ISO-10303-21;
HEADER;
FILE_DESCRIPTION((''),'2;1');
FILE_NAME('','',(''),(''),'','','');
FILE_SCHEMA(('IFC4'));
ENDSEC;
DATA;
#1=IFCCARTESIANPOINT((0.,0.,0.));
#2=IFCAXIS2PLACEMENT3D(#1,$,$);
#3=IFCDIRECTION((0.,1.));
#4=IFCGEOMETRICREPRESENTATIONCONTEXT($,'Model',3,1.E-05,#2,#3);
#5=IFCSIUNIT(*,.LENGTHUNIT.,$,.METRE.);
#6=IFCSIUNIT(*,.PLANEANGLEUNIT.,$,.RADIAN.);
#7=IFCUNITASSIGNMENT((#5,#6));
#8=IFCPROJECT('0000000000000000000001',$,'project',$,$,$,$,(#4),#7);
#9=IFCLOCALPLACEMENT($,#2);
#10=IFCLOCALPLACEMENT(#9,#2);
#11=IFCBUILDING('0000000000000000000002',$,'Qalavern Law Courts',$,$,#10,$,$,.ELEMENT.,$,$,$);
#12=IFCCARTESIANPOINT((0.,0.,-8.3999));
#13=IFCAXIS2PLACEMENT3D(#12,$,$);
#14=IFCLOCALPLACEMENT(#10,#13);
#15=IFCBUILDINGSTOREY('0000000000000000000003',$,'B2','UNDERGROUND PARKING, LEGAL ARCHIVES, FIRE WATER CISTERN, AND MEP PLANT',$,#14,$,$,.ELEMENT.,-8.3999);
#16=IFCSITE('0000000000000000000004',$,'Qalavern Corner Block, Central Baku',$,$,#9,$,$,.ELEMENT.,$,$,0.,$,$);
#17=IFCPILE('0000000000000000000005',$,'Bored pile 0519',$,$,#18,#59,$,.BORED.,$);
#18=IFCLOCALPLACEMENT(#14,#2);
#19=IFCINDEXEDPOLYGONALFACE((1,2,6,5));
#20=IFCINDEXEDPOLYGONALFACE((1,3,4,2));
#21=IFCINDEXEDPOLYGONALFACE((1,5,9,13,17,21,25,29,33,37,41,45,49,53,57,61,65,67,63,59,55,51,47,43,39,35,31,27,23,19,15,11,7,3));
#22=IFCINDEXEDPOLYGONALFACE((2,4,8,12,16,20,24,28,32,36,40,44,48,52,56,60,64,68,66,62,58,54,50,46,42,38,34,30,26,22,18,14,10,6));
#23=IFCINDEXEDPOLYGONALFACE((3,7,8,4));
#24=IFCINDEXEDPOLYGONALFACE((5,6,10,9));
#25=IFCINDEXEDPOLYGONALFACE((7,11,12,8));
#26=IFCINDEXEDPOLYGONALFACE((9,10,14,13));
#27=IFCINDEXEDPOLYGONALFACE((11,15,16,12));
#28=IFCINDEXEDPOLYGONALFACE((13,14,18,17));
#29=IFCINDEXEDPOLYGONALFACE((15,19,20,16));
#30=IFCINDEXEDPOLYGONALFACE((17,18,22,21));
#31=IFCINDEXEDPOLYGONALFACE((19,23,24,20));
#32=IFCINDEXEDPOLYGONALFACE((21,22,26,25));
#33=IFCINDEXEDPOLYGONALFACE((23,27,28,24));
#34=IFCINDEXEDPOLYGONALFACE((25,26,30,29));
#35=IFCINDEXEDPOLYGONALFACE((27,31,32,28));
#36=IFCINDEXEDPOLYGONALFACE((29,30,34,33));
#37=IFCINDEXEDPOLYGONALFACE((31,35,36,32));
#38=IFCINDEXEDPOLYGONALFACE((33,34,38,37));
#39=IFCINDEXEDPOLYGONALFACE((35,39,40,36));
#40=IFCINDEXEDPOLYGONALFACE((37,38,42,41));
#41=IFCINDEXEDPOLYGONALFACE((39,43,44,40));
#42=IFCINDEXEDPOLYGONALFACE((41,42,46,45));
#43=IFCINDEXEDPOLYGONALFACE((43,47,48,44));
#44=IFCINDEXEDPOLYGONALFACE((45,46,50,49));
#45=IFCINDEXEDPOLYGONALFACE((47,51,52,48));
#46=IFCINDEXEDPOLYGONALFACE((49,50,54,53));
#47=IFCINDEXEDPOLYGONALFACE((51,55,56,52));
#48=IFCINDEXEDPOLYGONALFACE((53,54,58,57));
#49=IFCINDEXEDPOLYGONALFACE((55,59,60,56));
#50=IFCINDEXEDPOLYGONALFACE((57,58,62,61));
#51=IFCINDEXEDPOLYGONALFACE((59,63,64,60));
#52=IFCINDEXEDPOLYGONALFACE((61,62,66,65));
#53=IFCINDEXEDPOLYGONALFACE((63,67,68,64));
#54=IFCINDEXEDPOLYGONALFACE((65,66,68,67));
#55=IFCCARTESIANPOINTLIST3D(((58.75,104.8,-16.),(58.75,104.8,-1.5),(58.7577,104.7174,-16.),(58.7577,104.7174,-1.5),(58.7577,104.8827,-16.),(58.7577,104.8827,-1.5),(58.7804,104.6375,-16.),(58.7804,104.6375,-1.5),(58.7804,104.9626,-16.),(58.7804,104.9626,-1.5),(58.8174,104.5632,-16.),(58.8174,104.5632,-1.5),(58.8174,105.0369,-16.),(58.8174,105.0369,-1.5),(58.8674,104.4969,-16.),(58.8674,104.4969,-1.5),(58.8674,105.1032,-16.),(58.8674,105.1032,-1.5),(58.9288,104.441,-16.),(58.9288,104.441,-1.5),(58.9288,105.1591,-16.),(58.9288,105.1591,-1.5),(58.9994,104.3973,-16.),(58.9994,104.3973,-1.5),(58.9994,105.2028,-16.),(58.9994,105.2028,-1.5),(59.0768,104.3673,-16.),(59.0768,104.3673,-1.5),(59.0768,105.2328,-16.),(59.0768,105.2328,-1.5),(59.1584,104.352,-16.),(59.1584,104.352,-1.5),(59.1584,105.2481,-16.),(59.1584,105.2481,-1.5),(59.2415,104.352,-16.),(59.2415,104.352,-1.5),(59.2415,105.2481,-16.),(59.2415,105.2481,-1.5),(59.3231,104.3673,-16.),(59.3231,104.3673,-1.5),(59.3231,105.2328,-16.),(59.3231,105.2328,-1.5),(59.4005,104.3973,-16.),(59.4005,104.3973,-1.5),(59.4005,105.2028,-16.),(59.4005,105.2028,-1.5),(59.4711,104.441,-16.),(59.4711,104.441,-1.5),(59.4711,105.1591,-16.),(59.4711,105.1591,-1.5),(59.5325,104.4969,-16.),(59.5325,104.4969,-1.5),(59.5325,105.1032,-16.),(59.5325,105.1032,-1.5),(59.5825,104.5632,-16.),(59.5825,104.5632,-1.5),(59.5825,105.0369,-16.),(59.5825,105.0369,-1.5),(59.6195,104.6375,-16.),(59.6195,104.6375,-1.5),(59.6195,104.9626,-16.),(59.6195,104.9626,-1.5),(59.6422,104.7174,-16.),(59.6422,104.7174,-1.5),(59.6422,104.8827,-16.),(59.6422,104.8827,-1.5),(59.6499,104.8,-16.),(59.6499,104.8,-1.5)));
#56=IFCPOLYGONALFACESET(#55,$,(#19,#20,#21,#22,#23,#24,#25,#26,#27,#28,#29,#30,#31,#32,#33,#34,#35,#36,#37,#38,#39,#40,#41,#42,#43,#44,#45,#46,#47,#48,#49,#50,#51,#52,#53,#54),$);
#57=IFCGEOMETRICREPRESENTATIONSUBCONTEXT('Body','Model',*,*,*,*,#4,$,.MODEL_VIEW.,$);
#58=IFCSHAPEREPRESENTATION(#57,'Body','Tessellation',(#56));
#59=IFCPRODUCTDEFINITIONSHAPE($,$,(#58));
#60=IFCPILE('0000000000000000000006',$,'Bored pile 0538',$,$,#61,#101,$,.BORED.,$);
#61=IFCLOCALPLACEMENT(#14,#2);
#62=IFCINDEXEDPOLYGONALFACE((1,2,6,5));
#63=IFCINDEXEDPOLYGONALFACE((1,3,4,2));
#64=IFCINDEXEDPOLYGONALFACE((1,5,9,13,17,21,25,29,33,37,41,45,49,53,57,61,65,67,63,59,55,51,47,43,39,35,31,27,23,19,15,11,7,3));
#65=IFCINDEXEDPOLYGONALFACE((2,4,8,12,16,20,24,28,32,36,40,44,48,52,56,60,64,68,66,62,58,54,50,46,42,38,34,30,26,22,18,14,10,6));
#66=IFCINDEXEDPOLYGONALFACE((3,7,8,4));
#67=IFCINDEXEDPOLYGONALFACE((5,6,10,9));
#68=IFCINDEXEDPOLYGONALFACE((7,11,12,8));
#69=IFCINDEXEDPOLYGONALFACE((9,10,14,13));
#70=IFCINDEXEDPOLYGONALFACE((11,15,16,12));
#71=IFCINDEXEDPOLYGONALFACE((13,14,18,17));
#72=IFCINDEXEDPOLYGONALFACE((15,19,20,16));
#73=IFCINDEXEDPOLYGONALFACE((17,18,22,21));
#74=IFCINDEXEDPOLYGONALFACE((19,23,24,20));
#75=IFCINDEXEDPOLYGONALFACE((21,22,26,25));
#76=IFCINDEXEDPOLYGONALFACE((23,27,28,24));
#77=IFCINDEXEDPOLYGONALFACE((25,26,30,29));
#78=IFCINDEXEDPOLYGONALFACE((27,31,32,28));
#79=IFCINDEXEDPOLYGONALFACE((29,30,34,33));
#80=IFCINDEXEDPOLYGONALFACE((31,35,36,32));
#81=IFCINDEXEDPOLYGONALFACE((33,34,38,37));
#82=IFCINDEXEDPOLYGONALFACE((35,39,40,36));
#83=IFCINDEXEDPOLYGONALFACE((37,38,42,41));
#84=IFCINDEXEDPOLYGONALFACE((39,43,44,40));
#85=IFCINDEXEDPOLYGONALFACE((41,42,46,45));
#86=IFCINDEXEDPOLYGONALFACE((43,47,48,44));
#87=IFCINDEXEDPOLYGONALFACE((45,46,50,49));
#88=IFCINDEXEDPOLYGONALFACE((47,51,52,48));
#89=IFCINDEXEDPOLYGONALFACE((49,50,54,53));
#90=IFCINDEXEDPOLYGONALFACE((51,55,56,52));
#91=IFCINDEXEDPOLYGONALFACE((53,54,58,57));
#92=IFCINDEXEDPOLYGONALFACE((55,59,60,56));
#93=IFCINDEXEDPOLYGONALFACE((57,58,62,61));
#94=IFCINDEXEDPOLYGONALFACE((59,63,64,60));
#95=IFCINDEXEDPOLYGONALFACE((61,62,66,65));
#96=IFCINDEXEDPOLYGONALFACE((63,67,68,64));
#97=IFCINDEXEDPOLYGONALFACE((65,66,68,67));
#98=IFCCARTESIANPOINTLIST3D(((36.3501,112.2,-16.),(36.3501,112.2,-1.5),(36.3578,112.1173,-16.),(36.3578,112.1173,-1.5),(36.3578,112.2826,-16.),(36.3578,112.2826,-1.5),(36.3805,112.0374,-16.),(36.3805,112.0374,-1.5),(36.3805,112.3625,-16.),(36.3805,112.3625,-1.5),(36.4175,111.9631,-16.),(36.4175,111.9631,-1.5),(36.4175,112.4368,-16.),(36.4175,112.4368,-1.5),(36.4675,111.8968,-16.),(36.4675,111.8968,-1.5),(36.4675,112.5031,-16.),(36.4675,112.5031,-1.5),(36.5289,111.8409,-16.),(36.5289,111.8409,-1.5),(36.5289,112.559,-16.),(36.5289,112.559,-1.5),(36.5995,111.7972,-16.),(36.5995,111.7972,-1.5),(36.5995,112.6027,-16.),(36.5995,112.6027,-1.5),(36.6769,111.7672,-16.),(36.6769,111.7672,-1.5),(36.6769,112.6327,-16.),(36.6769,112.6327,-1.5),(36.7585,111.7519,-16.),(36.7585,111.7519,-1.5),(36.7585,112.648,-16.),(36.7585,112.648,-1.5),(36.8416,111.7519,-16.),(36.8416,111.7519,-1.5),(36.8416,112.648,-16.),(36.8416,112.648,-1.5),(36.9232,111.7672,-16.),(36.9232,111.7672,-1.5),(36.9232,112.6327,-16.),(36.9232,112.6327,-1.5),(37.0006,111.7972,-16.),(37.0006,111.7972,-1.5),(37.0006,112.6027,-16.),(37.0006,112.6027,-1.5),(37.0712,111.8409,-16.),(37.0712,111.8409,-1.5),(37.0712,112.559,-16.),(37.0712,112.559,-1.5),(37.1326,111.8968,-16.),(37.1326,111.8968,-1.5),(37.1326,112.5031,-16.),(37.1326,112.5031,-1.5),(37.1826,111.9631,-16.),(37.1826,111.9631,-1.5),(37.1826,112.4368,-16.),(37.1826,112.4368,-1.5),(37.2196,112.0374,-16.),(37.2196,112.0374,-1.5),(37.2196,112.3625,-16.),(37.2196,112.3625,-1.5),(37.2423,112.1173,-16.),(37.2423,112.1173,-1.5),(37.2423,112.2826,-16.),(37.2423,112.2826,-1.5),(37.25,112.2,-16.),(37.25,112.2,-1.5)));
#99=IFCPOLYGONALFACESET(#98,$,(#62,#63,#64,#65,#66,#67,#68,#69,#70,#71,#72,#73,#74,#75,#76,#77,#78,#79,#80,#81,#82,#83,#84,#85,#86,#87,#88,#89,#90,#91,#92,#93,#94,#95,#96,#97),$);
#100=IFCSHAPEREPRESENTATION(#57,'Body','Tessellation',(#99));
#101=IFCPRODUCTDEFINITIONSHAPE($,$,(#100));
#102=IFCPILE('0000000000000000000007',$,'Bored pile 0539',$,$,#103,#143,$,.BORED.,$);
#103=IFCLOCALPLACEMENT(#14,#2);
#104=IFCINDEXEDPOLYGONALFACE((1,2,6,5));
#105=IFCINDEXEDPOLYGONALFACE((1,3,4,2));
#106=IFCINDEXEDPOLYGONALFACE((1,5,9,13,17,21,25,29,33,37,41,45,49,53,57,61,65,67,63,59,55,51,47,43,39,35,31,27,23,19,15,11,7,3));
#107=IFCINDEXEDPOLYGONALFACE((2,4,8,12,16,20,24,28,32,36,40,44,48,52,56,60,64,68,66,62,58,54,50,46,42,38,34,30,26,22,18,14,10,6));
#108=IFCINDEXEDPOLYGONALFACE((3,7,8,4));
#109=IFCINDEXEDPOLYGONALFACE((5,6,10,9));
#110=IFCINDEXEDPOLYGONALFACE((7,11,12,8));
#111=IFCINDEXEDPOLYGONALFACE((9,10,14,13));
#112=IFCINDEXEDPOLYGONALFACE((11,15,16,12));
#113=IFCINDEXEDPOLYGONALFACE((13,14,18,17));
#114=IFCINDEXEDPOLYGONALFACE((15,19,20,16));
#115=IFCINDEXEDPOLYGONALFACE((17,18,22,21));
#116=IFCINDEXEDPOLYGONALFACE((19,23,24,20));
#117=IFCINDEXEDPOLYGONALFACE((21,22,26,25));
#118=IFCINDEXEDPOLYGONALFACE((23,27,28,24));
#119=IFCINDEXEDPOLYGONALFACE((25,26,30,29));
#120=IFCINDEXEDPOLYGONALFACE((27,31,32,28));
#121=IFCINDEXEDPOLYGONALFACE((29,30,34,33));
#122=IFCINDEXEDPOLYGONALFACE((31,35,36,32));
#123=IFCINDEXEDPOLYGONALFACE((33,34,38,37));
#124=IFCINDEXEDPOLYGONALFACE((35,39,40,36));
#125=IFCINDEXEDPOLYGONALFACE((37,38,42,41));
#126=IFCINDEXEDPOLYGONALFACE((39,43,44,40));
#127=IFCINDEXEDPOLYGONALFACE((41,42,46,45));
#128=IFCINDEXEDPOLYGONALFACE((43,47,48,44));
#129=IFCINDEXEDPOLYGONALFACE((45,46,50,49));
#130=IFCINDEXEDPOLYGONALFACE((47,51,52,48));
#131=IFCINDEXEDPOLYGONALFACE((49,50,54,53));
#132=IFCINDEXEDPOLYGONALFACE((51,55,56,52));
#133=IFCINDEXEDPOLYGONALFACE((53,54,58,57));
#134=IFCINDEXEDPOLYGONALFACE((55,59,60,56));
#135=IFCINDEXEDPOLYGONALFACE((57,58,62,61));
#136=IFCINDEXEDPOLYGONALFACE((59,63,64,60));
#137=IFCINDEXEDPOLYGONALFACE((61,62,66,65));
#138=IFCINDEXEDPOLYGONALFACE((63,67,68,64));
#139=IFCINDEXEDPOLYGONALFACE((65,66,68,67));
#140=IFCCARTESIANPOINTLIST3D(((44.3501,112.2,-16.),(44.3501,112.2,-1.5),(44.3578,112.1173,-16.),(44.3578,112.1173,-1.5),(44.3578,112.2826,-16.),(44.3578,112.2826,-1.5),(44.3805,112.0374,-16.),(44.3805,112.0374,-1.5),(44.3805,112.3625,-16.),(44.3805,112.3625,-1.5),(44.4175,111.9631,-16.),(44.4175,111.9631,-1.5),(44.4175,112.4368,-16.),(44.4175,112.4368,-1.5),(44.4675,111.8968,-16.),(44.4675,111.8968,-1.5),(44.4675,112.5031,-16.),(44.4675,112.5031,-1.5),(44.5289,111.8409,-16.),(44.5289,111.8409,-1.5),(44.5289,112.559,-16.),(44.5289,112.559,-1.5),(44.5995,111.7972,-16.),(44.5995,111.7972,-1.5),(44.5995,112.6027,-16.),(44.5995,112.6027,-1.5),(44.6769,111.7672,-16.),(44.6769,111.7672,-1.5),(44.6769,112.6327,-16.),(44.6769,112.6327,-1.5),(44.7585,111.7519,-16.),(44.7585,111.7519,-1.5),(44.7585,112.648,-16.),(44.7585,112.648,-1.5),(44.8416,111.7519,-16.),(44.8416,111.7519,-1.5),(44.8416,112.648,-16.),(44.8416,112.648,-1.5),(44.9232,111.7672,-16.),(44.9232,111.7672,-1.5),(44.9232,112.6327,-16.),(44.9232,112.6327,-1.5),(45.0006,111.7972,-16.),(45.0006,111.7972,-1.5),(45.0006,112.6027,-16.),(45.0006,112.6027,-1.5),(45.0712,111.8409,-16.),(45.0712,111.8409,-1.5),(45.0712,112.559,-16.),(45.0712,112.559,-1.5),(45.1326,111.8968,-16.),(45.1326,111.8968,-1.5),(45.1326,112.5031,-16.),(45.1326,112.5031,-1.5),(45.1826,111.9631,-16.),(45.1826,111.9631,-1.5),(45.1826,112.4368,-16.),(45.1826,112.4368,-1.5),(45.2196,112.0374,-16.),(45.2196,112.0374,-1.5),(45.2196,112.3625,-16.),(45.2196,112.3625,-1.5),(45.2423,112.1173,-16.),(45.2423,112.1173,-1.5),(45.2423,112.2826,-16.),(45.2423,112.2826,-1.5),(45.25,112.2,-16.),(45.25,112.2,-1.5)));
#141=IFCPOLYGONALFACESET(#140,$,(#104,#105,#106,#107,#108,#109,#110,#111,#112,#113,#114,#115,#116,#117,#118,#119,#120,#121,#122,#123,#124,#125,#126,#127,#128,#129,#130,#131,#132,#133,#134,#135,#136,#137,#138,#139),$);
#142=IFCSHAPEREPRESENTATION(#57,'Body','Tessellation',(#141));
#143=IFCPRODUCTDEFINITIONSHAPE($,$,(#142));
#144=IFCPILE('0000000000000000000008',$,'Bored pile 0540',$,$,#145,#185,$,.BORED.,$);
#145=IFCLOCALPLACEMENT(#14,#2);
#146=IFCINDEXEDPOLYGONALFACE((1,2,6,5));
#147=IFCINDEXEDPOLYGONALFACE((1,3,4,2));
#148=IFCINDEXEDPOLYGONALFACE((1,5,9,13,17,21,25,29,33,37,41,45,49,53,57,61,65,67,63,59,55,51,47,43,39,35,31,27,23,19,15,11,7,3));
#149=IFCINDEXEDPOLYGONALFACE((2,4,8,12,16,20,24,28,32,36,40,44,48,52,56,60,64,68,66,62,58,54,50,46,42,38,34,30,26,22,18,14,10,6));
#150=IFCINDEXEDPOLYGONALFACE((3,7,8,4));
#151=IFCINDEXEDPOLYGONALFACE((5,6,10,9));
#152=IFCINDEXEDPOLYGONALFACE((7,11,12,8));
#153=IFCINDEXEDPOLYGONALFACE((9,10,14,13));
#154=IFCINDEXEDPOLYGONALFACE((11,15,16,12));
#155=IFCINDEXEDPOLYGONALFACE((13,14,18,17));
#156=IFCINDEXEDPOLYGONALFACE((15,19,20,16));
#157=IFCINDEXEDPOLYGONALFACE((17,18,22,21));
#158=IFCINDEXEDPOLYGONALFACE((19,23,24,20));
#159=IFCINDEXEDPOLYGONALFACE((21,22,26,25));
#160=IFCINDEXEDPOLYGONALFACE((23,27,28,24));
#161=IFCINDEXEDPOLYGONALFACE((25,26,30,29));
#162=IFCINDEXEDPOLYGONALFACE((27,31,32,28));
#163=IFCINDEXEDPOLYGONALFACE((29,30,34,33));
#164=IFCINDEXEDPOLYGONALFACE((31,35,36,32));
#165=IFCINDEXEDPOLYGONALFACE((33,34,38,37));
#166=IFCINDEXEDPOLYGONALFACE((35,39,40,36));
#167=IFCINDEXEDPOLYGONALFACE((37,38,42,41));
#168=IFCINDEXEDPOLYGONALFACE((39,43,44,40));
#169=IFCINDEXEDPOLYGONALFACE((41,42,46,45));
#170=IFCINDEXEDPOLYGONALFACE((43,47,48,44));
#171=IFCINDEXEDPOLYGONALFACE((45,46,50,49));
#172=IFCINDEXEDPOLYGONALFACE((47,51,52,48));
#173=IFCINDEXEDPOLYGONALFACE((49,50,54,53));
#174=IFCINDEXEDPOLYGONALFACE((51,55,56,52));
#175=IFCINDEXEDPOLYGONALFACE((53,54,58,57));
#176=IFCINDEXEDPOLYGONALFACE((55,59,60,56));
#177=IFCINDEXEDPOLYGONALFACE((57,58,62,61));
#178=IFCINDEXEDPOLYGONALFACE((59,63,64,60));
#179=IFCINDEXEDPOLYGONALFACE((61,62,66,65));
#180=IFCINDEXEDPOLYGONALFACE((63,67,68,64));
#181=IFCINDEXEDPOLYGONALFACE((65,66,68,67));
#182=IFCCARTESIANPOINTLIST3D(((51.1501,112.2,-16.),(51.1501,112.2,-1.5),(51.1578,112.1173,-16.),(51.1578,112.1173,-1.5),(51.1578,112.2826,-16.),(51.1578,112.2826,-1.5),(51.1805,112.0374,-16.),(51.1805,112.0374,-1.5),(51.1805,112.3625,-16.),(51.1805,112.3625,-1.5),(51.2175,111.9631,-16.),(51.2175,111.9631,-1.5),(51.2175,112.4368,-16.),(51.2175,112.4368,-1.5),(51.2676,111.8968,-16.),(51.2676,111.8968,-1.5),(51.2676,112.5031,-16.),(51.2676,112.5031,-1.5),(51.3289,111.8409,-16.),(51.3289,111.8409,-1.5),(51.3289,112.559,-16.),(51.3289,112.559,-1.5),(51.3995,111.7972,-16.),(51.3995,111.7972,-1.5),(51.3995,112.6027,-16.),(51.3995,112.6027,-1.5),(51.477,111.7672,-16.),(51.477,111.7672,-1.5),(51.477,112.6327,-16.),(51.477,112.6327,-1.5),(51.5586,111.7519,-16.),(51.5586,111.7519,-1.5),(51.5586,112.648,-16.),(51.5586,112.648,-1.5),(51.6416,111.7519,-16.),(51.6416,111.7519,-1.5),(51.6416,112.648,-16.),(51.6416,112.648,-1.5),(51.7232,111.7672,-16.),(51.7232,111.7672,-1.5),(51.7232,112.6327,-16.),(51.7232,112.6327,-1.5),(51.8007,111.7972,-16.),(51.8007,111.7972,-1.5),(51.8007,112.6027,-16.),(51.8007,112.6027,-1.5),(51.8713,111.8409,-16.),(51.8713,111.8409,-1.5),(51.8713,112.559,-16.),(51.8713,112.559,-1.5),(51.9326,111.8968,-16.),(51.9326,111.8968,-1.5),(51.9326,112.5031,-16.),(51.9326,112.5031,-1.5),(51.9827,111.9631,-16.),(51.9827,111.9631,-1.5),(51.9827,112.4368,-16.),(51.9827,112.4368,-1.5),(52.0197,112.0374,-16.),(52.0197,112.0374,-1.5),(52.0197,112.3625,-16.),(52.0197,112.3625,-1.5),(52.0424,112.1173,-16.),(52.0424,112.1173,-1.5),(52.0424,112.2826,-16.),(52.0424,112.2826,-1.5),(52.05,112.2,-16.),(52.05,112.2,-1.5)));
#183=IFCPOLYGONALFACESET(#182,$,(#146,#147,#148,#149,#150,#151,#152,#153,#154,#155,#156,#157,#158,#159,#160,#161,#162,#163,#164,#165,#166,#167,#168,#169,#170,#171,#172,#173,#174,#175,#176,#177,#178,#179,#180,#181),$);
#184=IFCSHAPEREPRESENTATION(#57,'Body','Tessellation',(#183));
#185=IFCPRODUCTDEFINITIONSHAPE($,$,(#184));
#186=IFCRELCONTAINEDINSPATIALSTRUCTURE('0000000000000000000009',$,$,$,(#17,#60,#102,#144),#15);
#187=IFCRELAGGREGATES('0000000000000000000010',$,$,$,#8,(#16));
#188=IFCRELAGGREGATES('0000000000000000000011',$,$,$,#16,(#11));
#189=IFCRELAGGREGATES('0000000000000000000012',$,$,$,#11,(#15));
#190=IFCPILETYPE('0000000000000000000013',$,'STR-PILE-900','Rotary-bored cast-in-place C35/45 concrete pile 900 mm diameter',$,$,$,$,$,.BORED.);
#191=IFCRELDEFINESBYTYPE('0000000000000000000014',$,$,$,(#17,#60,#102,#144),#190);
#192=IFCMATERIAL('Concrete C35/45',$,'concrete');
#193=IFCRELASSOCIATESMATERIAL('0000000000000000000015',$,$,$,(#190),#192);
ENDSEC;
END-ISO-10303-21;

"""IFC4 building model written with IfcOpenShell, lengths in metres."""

from ifc_helpers import new_model, si_unit, direction, frame, origin, origin_2d, place, context, subcontext, project, spatial, circle, extrude, material, material_profile, profile_set, type_object, element, save


model = new_model("IFC4")

# Units and contexts
model_context = context("Model", 3, precision=1e-05, world=origin(), true_north=direction((0.0, 1.0)))
body_context = subcontext(model_context, "Body", "Model", "MODEL_VIEW")
ifc_project = project(units=[si_unit("LENGTHUNIT", "METRE"), si_unit("PLANEANGLEUNIT", "RADIAN")], contexts=[model_context])

# Site, building, storey
site_placement = place(None, origin())
site = spatial("IfcSite", under=ifc_project, at=site_placement, Name="Qalavern Corner Block, Central Baku", CompositionType="ELEMENT", RefElevation=0.0)
building_placement = place(site_placement, origin())
building = spatial("IfcBuilding", under=site, at=building_placement, Name="Qalavern Law Courts", CompositionType="ELEMENT")
storey_placement = place(building_placement, frame((0.0, 0.0, -8.3999)))
storey = spatial("IfcBuildingStorey", under=building, at=storey_placement, Name="B2", Description="UNDERGROUND PARKING, LEGAL ARCHIVES, FIRE WATER CISTERN, AND MEP PLANT", CompositionType="ELEMENT", Elevation=-8.3999)

# Shared definitions
ifc_material_1 = material(Name="Concrete C35/45", Category="concrete")

# Piles
ifc_material_profile_1 = material_profile(ifc_material_1, circle(Radius=0.45, at=origin_2d()), Name="BORED PILE 900")
ifc_profile_set_1 = profile_set([ifc_material_profile_1], Name="Concrete C35/45")
pile_type_1 = type_object("IfcPileType", Name="STR-PILE-900", Description="Rotary-bored cast-in-place C35/45 concrete pile 900 mm diameter", PredefinedType="BORED", material=ifc_profile_set_1)
for number, where, z_axis, x_axis, name in (
    (1, (59.2, 104.8, -1.5), (0.0, 0.0, -1.0), (1.0, 0.0, 0.0), "Bored pile 0519"),
    (2, (36.8, 112.2, -1.5), (0.0, 0.0, -1.0), (1.0, 0.0, 0.0), "Bored pile 0538"),
    (3, (44.8, 112.2, -1.5), (0.0, 0.0, -1.0), (1.0, 0.0, 0.0), "Bored pile 0539"),
    (4, (51.6001, 112.2, -1.5), (0.0, 0.0, -1.0), (1.0, 0.0, 0.0), "Bored pile 0540"),
):
    element("IfcPile", number, at=place(storey_placement, frame(where, z_axis=z_axis, x_axis=x_axis)), inside=storey, type_object=pile_type_1, Name=name, PredefinedType="BORED", context=body_context, shape_type="SweptSolid", body=[
        extrude(circle(Radius=0.45, at=origin_2d()), origin(), (0.0, 0.0, 1.0), 14.5),
    ])

save(model, "model.ifc")
